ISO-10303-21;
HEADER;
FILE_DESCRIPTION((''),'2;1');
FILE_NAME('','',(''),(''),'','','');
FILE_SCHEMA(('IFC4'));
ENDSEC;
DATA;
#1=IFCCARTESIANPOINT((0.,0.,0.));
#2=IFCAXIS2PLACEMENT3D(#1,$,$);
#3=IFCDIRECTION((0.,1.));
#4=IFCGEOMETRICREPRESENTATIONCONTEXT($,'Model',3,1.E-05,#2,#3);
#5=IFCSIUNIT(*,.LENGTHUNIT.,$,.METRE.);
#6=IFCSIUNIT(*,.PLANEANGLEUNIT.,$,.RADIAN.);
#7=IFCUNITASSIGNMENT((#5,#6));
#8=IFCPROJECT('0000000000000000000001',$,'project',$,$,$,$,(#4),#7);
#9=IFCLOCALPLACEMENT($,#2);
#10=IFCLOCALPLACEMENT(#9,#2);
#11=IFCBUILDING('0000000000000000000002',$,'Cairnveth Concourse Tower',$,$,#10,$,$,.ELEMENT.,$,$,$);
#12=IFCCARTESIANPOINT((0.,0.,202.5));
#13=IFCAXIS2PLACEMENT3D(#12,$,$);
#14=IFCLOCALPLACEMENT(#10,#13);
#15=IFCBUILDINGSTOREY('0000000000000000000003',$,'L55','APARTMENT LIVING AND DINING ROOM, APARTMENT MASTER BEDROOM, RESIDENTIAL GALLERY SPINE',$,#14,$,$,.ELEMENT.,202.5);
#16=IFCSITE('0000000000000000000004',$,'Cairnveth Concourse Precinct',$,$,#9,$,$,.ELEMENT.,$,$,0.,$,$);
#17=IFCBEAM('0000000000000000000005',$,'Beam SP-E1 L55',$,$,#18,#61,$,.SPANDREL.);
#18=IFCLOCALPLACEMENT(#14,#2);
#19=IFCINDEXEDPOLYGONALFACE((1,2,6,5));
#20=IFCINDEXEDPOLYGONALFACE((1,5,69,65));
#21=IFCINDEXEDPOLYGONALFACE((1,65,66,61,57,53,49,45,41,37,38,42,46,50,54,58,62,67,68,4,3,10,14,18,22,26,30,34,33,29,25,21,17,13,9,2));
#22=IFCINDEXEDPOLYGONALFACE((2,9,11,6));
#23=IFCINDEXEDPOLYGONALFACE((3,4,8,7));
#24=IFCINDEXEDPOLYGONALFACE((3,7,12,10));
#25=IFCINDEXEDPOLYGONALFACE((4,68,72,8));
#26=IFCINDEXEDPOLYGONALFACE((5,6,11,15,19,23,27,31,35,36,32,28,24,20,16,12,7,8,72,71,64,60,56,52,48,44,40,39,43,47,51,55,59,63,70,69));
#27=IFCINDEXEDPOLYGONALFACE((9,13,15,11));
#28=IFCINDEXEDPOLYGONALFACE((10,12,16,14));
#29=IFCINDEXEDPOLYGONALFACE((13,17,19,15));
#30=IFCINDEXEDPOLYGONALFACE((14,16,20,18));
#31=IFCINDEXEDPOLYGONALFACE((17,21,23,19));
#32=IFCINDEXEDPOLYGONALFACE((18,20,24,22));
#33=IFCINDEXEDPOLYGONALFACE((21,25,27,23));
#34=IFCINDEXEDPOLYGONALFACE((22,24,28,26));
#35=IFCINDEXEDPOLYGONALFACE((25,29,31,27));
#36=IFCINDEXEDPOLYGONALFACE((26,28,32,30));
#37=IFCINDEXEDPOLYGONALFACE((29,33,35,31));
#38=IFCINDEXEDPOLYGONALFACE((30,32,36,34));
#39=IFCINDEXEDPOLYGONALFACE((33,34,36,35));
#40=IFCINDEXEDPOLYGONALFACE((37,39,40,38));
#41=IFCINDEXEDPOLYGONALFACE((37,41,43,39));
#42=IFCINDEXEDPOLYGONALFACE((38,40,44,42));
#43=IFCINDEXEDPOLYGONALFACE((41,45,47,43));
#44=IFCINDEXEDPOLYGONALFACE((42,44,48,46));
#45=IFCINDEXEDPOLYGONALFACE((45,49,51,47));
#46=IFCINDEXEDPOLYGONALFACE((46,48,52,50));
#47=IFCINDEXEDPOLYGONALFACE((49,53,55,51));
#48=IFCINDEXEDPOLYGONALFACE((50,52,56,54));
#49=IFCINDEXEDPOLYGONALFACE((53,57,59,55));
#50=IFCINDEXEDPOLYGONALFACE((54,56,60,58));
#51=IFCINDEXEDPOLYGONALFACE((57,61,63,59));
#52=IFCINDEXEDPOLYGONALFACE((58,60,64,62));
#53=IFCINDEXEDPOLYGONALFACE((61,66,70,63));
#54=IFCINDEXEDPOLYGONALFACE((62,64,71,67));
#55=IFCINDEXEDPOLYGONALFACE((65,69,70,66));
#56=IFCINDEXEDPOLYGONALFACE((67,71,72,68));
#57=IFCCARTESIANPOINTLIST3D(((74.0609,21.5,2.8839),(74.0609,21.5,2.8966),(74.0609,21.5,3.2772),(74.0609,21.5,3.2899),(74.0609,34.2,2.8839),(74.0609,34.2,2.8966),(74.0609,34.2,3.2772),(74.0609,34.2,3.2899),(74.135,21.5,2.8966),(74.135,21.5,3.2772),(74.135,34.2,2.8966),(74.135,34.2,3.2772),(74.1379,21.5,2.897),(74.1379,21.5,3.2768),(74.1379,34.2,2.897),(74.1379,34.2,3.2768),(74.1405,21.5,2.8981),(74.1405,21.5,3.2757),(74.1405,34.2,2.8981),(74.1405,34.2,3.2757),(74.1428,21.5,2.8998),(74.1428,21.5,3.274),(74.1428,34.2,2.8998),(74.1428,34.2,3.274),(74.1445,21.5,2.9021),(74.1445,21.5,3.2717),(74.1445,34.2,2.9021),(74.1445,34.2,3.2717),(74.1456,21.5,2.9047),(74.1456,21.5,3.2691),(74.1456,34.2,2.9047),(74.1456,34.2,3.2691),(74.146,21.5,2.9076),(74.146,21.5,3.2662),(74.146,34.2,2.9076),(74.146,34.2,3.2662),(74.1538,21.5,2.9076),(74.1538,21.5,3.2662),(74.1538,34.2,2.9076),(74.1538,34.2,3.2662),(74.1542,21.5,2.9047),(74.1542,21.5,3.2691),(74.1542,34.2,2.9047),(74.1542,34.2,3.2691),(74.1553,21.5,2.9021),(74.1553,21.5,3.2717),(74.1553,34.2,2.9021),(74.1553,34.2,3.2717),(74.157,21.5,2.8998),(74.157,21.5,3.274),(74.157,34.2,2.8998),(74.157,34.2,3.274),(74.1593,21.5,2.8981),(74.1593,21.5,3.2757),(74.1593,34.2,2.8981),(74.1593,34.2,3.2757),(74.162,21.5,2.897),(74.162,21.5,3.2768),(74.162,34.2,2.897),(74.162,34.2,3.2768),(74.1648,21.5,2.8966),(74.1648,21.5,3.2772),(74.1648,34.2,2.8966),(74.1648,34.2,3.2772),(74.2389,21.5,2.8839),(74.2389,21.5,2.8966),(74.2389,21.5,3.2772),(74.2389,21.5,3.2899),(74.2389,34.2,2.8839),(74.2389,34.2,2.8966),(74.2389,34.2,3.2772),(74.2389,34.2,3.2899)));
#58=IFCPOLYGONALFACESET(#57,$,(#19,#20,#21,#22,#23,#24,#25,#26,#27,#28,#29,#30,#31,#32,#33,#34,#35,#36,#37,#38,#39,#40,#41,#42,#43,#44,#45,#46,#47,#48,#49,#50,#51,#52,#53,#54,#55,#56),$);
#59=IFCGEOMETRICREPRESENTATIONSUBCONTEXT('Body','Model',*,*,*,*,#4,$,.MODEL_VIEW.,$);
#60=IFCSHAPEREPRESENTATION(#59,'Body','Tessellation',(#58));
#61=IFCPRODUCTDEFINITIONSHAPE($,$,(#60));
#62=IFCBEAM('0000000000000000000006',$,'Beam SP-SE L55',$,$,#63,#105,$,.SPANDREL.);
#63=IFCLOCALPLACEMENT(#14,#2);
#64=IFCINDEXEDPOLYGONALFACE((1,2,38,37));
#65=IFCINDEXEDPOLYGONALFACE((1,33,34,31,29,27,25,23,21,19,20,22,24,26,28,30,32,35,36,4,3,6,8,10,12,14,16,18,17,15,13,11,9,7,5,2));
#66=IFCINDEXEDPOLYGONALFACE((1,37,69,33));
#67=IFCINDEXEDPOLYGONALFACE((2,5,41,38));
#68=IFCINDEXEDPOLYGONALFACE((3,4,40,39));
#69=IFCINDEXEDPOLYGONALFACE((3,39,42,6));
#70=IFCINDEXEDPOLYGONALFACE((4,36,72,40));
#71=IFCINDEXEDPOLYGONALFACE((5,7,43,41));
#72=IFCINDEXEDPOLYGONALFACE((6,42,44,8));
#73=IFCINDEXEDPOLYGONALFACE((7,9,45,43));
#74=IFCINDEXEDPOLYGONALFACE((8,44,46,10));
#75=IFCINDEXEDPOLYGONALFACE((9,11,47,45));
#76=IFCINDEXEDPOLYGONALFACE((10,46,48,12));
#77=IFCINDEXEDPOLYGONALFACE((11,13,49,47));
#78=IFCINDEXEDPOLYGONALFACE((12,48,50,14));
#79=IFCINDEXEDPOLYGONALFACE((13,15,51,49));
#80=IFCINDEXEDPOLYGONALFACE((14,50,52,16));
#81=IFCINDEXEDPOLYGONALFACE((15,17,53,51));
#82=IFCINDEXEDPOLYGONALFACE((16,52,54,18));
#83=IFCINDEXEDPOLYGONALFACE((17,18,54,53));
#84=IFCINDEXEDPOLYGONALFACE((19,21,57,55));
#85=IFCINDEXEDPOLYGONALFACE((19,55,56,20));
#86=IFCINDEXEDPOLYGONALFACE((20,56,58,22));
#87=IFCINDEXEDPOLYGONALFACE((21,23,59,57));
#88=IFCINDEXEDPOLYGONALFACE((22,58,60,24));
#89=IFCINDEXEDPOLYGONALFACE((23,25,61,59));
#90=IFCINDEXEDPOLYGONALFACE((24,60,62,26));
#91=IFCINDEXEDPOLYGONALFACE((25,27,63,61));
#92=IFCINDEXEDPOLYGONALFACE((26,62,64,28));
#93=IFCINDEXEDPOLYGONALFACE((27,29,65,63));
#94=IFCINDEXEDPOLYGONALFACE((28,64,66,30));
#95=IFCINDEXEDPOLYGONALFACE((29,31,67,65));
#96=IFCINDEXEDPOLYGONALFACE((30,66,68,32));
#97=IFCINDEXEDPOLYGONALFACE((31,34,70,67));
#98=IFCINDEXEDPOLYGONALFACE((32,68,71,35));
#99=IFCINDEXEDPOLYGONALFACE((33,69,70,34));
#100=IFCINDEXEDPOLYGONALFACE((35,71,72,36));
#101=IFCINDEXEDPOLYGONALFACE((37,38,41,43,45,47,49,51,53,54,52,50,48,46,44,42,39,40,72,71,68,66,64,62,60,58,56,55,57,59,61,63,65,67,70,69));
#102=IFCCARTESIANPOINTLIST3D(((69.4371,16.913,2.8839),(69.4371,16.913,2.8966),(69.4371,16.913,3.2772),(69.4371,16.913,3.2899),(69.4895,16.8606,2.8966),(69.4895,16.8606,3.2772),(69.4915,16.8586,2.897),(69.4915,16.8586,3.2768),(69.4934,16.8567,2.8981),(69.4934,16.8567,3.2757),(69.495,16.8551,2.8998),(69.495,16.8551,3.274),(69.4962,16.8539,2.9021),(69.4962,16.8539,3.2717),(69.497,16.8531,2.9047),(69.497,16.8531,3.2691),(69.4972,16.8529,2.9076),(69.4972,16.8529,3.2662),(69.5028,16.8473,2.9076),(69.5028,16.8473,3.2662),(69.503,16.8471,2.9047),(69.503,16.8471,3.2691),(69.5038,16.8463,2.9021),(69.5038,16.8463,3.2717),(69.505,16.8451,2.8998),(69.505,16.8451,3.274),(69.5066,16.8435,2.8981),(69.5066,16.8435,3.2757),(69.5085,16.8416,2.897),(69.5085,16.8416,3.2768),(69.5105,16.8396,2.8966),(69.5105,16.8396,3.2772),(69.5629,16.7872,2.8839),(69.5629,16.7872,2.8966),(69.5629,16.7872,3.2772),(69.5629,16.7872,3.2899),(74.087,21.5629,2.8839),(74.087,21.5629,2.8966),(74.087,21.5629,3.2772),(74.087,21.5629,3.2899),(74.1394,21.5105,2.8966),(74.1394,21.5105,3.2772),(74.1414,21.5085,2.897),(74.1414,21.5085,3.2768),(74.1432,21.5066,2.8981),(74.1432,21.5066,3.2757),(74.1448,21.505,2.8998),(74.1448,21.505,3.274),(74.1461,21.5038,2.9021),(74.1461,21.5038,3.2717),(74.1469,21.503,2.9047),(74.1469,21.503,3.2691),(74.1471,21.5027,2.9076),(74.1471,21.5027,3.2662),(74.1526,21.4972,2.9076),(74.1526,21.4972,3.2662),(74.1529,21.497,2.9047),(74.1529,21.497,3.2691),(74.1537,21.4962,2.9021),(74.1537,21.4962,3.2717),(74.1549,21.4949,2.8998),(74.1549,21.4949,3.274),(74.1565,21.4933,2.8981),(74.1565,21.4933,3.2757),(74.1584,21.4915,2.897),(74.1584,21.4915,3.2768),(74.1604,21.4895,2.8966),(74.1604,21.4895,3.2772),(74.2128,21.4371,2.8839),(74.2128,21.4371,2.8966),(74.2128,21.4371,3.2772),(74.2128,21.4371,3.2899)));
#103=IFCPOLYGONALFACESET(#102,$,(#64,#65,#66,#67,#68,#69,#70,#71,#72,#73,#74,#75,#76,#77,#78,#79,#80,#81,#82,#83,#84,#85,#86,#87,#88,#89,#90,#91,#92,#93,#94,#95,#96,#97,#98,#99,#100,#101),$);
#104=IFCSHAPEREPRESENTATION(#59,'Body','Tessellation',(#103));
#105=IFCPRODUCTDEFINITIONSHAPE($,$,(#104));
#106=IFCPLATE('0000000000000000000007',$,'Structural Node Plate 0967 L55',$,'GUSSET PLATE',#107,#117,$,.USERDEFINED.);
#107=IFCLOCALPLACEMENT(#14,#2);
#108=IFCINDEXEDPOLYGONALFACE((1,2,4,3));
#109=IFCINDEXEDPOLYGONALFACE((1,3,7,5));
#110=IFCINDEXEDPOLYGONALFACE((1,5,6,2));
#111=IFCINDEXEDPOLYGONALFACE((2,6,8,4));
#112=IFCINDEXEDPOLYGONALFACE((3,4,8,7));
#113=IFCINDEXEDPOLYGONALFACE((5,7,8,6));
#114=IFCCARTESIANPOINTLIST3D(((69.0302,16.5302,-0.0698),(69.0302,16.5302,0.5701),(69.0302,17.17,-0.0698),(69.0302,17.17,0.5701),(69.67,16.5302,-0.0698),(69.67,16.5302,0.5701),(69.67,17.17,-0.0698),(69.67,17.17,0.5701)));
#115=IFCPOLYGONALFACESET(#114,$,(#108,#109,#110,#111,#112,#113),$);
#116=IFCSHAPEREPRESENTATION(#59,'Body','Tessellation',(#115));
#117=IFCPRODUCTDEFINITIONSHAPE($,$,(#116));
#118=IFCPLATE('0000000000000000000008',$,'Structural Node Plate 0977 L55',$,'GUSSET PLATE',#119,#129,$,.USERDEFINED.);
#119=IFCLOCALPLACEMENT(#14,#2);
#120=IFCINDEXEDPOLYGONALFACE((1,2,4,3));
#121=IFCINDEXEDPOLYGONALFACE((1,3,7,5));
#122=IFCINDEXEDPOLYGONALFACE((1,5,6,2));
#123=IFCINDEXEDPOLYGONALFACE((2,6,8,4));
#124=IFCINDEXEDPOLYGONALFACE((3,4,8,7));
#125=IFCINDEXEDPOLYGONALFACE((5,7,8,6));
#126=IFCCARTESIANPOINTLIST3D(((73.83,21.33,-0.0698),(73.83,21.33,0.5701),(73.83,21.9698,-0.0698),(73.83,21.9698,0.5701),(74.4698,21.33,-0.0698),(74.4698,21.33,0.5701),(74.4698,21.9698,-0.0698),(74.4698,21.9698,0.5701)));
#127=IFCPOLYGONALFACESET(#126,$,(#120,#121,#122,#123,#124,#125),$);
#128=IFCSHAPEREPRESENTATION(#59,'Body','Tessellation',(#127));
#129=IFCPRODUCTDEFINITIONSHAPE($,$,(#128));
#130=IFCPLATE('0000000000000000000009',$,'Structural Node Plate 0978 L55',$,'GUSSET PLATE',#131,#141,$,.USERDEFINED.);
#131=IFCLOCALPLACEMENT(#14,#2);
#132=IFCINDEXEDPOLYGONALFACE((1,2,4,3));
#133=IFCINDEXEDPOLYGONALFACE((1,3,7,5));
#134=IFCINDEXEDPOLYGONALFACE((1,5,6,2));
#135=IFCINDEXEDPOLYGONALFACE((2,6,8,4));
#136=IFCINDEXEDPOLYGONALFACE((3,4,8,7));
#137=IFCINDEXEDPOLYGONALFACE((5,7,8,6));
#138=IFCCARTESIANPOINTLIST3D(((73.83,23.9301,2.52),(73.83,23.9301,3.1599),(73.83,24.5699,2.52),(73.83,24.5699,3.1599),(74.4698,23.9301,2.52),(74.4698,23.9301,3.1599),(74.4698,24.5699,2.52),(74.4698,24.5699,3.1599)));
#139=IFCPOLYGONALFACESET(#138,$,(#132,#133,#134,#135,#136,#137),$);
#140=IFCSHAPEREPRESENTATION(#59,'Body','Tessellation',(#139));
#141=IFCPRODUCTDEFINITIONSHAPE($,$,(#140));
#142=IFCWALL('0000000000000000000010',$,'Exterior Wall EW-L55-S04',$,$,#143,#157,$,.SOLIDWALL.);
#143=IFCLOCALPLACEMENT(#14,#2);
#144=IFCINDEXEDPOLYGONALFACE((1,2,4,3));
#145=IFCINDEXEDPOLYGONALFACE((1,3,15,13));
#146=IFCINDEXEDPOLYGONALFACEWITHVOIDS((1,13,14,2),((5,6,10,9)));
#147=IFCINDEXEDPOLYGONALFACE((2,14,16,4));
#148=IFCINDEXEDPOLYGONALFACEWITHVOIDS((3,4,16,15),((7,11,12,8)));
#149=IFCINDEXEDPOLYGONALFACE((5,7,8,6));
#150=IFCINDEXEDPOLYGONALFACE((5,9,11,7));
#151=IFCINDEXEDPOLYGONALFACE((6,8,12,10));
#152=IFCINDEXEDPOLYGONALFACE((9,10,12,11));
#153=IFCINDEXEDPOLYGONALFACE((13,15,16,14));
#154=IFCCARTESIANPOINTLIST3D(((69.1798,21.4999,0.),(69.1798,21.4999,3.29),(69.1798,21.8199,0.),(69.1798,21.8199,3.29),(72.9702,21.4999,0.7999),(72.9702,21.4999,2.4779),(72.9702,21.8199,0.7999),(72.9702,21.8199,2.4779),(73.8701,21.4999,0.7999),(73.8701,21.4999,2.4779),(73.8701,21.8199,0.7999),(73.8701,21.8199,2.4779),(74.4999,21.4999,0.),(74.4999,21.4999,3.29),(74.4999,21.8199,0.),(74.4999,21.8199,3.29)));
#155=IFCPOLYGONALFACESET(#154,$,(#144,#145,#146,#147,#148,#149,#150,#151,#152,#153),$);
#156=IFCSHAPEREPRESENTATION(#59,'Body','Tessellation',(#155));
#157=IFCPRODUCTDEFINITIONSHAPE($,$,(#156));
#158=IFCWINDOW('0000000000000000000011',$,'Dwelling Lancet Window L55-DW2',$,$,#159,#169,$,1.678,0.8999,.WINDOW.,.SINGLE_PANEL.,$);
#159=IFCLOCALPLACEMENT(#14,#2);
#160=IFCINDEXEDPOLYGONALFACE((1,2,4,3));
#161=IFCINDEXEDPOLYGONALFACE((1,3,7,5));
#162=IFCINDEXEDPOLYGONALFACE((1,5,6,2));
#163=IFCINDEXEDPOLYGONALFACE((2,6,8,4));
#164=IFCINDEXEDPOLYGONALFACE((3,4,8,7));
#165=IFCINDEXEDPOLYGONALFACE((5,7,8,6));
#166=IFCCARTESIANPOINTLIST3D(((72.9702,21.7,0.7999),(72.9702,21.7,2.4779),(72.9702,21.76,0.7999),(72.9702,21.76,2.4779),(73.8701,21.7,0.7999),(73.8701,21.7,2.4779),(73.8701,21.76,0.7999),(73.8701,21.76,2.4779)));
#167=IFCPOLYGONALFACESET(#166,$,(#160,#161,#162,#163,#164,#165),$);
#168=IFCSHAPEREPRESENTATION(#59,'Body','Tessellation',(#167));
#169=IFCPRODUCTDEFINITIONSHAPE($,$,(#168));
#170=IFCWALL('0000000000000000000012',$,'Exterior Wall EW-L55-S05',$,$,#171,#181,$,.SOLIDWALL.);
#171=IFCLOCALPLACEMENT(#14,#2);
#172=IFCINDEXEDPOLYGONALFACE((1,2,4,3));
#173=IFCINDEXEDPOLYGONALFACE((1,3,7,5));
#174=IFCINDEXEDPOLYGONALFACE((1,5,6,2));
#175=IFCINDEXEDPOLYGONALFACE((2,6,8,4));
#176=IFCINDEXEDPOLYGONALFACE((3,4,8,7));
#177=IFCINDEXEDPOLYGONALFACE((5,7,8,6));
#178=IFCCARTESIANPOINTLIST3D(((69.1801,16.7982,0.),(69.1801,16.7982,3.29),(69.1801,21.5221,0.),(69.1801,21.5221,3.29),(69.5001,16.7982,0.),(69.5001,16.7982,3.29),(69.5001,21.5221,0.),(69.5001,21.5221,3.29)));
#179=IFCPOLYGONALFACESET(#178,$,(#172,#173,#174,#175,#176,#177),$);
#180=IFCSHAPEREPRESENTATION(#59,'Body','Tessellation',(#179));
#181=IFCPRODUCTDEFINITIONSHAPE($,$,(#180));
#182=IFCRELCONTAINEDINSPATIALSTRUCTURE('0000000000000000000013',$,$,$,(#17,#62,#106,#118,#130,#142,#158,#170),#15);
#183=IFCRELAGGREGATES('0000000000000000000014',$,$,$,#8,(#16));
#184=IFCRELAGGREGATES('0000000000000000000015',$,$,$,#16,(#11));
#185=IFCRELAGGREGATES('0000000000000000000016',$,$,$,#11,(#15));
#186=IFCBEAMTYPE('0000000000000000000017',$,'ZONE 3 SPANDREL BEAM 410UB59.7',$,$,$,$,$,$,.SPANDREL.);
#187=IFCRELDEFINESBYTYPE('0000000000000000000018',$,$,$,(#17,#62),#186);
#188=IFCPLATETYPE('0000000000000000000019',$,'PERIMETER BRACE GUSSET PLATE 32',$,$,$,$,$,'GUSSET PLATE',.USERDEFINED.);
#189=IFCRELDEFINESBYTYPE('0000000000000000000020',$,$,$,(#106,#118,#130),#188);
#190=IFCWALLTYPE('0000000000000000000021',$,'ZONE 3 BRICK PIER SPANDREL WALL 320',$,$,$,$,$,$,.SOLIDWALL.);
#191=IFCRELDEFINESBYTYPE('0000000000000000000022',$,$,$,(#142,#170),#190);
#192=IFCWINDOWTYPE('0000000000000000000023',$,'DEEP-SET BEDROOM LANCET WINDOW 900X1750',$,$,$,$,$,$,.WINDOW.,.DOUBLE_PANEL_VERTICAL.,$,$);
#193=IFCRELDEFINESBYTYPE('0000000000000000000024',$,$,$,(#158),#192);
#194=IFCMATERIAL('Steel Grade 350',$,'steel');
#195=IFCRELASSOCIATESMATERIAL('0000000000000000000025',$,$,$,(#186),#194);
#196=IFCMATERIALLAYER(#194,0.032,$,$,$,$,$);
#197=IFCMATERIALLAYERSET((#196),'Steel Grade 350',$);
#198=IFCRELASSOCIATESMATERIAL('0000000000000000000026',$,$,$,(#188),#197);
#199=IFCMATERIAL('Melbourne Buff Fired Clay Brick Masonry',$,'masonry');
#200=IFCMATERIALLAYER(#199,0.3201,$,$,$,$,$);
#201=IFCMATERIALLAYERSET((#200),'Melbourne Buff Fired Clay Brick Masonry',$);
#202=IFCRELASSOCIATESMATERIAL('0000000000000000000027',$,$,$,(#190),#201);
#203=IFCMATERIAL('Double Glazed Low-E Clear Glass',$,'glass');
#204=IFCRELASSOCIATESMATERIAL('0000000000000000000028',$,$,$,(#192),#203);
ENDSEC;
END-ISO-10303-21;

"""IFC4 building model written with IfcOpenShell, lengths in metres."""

from ifc_helpers import new_model, si_unit, direction, frame, frame_2d, origin, origin_2d, place, context, subcontext, project, spatial, rectangle, i_section, extrude, material, layer, layer_set, material_profile, profile_set, type_object, element, fill, save


model = new_model("IFC4")

# Units and contexts
model_context = context("Model", 3, precision=1e-05, world=origin(), true_north=direction((0.0, 1.0)))
body_context = subcontext(model_context, "Body", "Model", "MODEL_VIEW")
ifc_project = project(units=[si_unit("LENGTHUNIT", "METRE"), si_unit("PLANEANGLEUNIT", "RADIAN")], contexts=[model_context])

# Site, building, storey
site_placement = place(None, origin())
site = spatial("IfcSite", under=ifc_project, at=site_placement, Name="Cairnveth Concourse Precinct", CompositionType="ELEMENT", RefElevation=0.0)
building_placement = place(site_placement, origin())
building = spatial("IfcBuilding", under=site, at=building_placement, Name="Cairnveth Concourse Tower", CompositionType="ELEMENT")
storey_placement = place(building_placement, frame((0.0, 0.0, 202.5)))
storey = spatial("IfcBuildingStorey", under=building, at=storey_placement, Name="L55", Description="APARTMENT LIVING AND DINING ROOM, APARTMENT MASTER BEDROOM, RESIDENTIAL GALLERY SPINE", CompositionType="ELEMENT", Elevation=202.5)

# Shared definitions
ifc_material_1 = material(Name="Steel Grade 350", Category="steel")

# Beams
ifc_material_profile_1 = material_profile(ifc_material_1, i_section(OverallWidth=0.178, OverallDepth=0.406, WebThickness=0.0078, FlangeThickness=0.0127, FilletRadius=0.011, at=origin_2d()), Name="410UB59.7")
ifc_profile_set_1 = profile_set([ifc_material_profile_1], Name="Steel Grade 350")
beam_type_1 = type_object("IfcBeamType", Name="ZONE 3 SPANDREL BEAM 410UB59.7", PredefinedType="SPANDREL", material=ifc_profile_set_1)
beam_1_placement = place(storey_placement, frame((74.1499, 21.5, 3.0869), z_axis=(0.0, 1.0, 0.0), x_axis=(-1.0, 0.0, 0.0)))
element("IfcBeam", 1, at=beam_1_placement, inside=storey, type_object=beam_type_1, Name="Beam SP-E1 L55", PredefinedType="SPANDREL", context=body_context, shape_type="SweptSolid", body=[
    extrude(i_section(OverallWidth=0.178, OverallDepth=0.406, WebThickness=0.0078, FlangeThickness=0.0127, FilletRadius=0.011, at=origin_2d()), origin(), (0.0, 0.0, 1.0), 12.7),
])
beam_2_placement = place(storey_placement, frame((69.5, 16.8501, 3.0869), z_axis=(0.707107, 0.707107, 0.0), x_axis=(-0.707107, 0.707107, 0.0)))
element("IfcBeam", 2, at=beam_2_placement, inside=storey, type_object=beam_type_1, Name="Beam SP-SE L55", PredefinedType="SPANDREL", context=body_context, shape_type="SweptSolid", body=[
    extrude(i_section(OverallWidth=0.178, OverallDepth=0.406, WebThickness=0.0078, FlangeThickness=0.0127, FilletRadius=0.011, at=origin_2d()), origin(), (0.0, 0.0, 1.0), 6.5759),
])

# Plates
ifc_layer_1 = layer(ifc_material_1, 0.032)
ifc_layer_set_1 = layer_set([ifc_layer_1], Name="Steel Grade 350")
plate_type = type_object("IfcPlateType", Name="PERIMETER BRACE GUSSET PLATE 32", ElementType="GUSSET PLATE", PredefinedType="USERDEFINED", material=ifc_layer_set_1)
for number, where, z_axis, x_axis, name in (
    (3, (69.3501, 16.8501, -0.0698), (0.0, 0.0, 1.0), (1.0, 0.0, 0.0), "Structural Node Plate 0967 L55"),
    (4, (74.1499, 21.6499, -0.0698), (0.0, 0.0, 1.0), (1.0, 0.0, 0.0), "Structural Node Plate 0977 L55"),
    (5, (74.1499, 24.25, 2.52), (0.0, 0.0, 1.0), (1.0, 0.0, 0.0), "Structural Node Plate 0978 L55"),
):
    element("IfcPlate", number, at=place(storey_placement, frame(where, z_axis=z_axis, x_axis=x_axis)), inside=storey, type_object=plate_type, Name=name, ObjectType="GUSSET PLATE", PredefinedType="USERDEFINED", context=body_context, shape_type="SweptSolid", body=[
        extrude(rectangle(XDim=0.6399, YDim=0.6399, at=origin_2d()), origin(), (0.0, 0.0, 1.0), 0.6399),
    ])

# Wall, opening, window
ifc_material_2 = material(Name="Melbourne Buff Fired Clay Brick Masonry", Category="masonry")
ifc_layer_2 = layer(ifc_material_2, 0.3201)
ifc_layer_set_2 = layer_set([ifc_layer_2], Name="Melbourne Buff Fired Clay Brick Masonry")
wall_type = type_object("IfcWallType", Name="ZONE 3 BRICK PIER SPANDREL WALL 320", PredefinedType="SOLIDWALL", material=ifc_layer_set_2)
wall_1_placement = place(storey_placement, frame((74.5, 21.6599, 0.0), z_axis=(0.0, 0.0, 1.0), x_axis=(-1.0, 0.0, 0.0)))
wall_1 = element("IfcWall", 6, at=wall_1_placement, inside=storey, type_object=wall_type, Name="Exterior Wall EW-L55-S04", PredefinedType="SOLIDWALL", context=body_context, shape_type="SweptSolid", body=[
    extrude(rectangle(XDim=5.3201, YDim=0.3201, at=frame_2d((2.6602, 0.0))), origin(), (0.0, 0.0, 1.0), 3.29),
])
opening_1_placement = place(wall_1_placement, frame((0.6299, 0.0, 0.8)))
opening_1 = element("IfcOpeningElement", 7, at=opening_1_placement, cuts=wall_1, PredefinedType="OPENING", context=body_context, shape_type="SweptSolid", body=[
    extrude(rectangle(XDim=0.8999, YDim=1.678, at=frame_2d((0.45, 0.8389))), frame((0.0, 0.1699, 0.0), z_axis=(0.0, -1.0, 0.0), x_axis=(1.0, 0.0, 0.0)), (0.0, 0.0, 1.0), 0.3401),
])
ifc_material_3 = material(Name="Double Glazed Low-E Clear Glass", Category="glass")
window_type_1 = type_object("IfcWindowType", Name="DEEP-SET BEDROOM LANCET WINDOW 900X1750", PartitioningType="DOUBLE_PANEL_VERTICAL", PredefinedType="WINDOW", material=ifc_material_3)
window_1_placement = place(opening_1_placement, origin())
window_1 = element("IfcWindow", 8, at=window_1_placement, inside=storey, type_object=window_type_1, Name="Dwelling Lancet Window L55-DW2", OverallHeight=1.678, OverallWidth=0.8999, PartitioningType="SINGLE_PANEL", PredefinedType="WINDOW", context=body_context, shape_type="SweptSolid", body=[
    extrude(rectangle(XDim=0.8999, YDim=1.678, at=frame_2d((0.45, 0.8389))), frame((0.0, -0.04, 0.0), z_axis=(0.0, -1.0, 0.0), x_axis=(1.0, 0.0, 0.0)), (0.0, 0.0, 1.0), 0.0601),
])
fill(opening_1, window_1)

# Wall
wall_2_placement = place(storey_placement, frame((69.3401, 21.522, 0.0), z_axis=(0.0, 0.0, 1.0), x_axis=(0.0, -1.0, 0.0)))
element("IfcWall", 9, at=wall_2_placement, inside=storey, type_object=wall_type, Name="Exterior Wall EW-L55-S05", PredefinedType="SOLIDWALL", context=body_context, shape_type="SweptSolid", body=[
    extrude(rectangle(XDim=4.7239, YDim=0.3201, at=frame_2d((2.3618, 0.0))), origin(), (0.0, 0.0, 1.0), 3.29),
])

save(model, "model.ifc")
